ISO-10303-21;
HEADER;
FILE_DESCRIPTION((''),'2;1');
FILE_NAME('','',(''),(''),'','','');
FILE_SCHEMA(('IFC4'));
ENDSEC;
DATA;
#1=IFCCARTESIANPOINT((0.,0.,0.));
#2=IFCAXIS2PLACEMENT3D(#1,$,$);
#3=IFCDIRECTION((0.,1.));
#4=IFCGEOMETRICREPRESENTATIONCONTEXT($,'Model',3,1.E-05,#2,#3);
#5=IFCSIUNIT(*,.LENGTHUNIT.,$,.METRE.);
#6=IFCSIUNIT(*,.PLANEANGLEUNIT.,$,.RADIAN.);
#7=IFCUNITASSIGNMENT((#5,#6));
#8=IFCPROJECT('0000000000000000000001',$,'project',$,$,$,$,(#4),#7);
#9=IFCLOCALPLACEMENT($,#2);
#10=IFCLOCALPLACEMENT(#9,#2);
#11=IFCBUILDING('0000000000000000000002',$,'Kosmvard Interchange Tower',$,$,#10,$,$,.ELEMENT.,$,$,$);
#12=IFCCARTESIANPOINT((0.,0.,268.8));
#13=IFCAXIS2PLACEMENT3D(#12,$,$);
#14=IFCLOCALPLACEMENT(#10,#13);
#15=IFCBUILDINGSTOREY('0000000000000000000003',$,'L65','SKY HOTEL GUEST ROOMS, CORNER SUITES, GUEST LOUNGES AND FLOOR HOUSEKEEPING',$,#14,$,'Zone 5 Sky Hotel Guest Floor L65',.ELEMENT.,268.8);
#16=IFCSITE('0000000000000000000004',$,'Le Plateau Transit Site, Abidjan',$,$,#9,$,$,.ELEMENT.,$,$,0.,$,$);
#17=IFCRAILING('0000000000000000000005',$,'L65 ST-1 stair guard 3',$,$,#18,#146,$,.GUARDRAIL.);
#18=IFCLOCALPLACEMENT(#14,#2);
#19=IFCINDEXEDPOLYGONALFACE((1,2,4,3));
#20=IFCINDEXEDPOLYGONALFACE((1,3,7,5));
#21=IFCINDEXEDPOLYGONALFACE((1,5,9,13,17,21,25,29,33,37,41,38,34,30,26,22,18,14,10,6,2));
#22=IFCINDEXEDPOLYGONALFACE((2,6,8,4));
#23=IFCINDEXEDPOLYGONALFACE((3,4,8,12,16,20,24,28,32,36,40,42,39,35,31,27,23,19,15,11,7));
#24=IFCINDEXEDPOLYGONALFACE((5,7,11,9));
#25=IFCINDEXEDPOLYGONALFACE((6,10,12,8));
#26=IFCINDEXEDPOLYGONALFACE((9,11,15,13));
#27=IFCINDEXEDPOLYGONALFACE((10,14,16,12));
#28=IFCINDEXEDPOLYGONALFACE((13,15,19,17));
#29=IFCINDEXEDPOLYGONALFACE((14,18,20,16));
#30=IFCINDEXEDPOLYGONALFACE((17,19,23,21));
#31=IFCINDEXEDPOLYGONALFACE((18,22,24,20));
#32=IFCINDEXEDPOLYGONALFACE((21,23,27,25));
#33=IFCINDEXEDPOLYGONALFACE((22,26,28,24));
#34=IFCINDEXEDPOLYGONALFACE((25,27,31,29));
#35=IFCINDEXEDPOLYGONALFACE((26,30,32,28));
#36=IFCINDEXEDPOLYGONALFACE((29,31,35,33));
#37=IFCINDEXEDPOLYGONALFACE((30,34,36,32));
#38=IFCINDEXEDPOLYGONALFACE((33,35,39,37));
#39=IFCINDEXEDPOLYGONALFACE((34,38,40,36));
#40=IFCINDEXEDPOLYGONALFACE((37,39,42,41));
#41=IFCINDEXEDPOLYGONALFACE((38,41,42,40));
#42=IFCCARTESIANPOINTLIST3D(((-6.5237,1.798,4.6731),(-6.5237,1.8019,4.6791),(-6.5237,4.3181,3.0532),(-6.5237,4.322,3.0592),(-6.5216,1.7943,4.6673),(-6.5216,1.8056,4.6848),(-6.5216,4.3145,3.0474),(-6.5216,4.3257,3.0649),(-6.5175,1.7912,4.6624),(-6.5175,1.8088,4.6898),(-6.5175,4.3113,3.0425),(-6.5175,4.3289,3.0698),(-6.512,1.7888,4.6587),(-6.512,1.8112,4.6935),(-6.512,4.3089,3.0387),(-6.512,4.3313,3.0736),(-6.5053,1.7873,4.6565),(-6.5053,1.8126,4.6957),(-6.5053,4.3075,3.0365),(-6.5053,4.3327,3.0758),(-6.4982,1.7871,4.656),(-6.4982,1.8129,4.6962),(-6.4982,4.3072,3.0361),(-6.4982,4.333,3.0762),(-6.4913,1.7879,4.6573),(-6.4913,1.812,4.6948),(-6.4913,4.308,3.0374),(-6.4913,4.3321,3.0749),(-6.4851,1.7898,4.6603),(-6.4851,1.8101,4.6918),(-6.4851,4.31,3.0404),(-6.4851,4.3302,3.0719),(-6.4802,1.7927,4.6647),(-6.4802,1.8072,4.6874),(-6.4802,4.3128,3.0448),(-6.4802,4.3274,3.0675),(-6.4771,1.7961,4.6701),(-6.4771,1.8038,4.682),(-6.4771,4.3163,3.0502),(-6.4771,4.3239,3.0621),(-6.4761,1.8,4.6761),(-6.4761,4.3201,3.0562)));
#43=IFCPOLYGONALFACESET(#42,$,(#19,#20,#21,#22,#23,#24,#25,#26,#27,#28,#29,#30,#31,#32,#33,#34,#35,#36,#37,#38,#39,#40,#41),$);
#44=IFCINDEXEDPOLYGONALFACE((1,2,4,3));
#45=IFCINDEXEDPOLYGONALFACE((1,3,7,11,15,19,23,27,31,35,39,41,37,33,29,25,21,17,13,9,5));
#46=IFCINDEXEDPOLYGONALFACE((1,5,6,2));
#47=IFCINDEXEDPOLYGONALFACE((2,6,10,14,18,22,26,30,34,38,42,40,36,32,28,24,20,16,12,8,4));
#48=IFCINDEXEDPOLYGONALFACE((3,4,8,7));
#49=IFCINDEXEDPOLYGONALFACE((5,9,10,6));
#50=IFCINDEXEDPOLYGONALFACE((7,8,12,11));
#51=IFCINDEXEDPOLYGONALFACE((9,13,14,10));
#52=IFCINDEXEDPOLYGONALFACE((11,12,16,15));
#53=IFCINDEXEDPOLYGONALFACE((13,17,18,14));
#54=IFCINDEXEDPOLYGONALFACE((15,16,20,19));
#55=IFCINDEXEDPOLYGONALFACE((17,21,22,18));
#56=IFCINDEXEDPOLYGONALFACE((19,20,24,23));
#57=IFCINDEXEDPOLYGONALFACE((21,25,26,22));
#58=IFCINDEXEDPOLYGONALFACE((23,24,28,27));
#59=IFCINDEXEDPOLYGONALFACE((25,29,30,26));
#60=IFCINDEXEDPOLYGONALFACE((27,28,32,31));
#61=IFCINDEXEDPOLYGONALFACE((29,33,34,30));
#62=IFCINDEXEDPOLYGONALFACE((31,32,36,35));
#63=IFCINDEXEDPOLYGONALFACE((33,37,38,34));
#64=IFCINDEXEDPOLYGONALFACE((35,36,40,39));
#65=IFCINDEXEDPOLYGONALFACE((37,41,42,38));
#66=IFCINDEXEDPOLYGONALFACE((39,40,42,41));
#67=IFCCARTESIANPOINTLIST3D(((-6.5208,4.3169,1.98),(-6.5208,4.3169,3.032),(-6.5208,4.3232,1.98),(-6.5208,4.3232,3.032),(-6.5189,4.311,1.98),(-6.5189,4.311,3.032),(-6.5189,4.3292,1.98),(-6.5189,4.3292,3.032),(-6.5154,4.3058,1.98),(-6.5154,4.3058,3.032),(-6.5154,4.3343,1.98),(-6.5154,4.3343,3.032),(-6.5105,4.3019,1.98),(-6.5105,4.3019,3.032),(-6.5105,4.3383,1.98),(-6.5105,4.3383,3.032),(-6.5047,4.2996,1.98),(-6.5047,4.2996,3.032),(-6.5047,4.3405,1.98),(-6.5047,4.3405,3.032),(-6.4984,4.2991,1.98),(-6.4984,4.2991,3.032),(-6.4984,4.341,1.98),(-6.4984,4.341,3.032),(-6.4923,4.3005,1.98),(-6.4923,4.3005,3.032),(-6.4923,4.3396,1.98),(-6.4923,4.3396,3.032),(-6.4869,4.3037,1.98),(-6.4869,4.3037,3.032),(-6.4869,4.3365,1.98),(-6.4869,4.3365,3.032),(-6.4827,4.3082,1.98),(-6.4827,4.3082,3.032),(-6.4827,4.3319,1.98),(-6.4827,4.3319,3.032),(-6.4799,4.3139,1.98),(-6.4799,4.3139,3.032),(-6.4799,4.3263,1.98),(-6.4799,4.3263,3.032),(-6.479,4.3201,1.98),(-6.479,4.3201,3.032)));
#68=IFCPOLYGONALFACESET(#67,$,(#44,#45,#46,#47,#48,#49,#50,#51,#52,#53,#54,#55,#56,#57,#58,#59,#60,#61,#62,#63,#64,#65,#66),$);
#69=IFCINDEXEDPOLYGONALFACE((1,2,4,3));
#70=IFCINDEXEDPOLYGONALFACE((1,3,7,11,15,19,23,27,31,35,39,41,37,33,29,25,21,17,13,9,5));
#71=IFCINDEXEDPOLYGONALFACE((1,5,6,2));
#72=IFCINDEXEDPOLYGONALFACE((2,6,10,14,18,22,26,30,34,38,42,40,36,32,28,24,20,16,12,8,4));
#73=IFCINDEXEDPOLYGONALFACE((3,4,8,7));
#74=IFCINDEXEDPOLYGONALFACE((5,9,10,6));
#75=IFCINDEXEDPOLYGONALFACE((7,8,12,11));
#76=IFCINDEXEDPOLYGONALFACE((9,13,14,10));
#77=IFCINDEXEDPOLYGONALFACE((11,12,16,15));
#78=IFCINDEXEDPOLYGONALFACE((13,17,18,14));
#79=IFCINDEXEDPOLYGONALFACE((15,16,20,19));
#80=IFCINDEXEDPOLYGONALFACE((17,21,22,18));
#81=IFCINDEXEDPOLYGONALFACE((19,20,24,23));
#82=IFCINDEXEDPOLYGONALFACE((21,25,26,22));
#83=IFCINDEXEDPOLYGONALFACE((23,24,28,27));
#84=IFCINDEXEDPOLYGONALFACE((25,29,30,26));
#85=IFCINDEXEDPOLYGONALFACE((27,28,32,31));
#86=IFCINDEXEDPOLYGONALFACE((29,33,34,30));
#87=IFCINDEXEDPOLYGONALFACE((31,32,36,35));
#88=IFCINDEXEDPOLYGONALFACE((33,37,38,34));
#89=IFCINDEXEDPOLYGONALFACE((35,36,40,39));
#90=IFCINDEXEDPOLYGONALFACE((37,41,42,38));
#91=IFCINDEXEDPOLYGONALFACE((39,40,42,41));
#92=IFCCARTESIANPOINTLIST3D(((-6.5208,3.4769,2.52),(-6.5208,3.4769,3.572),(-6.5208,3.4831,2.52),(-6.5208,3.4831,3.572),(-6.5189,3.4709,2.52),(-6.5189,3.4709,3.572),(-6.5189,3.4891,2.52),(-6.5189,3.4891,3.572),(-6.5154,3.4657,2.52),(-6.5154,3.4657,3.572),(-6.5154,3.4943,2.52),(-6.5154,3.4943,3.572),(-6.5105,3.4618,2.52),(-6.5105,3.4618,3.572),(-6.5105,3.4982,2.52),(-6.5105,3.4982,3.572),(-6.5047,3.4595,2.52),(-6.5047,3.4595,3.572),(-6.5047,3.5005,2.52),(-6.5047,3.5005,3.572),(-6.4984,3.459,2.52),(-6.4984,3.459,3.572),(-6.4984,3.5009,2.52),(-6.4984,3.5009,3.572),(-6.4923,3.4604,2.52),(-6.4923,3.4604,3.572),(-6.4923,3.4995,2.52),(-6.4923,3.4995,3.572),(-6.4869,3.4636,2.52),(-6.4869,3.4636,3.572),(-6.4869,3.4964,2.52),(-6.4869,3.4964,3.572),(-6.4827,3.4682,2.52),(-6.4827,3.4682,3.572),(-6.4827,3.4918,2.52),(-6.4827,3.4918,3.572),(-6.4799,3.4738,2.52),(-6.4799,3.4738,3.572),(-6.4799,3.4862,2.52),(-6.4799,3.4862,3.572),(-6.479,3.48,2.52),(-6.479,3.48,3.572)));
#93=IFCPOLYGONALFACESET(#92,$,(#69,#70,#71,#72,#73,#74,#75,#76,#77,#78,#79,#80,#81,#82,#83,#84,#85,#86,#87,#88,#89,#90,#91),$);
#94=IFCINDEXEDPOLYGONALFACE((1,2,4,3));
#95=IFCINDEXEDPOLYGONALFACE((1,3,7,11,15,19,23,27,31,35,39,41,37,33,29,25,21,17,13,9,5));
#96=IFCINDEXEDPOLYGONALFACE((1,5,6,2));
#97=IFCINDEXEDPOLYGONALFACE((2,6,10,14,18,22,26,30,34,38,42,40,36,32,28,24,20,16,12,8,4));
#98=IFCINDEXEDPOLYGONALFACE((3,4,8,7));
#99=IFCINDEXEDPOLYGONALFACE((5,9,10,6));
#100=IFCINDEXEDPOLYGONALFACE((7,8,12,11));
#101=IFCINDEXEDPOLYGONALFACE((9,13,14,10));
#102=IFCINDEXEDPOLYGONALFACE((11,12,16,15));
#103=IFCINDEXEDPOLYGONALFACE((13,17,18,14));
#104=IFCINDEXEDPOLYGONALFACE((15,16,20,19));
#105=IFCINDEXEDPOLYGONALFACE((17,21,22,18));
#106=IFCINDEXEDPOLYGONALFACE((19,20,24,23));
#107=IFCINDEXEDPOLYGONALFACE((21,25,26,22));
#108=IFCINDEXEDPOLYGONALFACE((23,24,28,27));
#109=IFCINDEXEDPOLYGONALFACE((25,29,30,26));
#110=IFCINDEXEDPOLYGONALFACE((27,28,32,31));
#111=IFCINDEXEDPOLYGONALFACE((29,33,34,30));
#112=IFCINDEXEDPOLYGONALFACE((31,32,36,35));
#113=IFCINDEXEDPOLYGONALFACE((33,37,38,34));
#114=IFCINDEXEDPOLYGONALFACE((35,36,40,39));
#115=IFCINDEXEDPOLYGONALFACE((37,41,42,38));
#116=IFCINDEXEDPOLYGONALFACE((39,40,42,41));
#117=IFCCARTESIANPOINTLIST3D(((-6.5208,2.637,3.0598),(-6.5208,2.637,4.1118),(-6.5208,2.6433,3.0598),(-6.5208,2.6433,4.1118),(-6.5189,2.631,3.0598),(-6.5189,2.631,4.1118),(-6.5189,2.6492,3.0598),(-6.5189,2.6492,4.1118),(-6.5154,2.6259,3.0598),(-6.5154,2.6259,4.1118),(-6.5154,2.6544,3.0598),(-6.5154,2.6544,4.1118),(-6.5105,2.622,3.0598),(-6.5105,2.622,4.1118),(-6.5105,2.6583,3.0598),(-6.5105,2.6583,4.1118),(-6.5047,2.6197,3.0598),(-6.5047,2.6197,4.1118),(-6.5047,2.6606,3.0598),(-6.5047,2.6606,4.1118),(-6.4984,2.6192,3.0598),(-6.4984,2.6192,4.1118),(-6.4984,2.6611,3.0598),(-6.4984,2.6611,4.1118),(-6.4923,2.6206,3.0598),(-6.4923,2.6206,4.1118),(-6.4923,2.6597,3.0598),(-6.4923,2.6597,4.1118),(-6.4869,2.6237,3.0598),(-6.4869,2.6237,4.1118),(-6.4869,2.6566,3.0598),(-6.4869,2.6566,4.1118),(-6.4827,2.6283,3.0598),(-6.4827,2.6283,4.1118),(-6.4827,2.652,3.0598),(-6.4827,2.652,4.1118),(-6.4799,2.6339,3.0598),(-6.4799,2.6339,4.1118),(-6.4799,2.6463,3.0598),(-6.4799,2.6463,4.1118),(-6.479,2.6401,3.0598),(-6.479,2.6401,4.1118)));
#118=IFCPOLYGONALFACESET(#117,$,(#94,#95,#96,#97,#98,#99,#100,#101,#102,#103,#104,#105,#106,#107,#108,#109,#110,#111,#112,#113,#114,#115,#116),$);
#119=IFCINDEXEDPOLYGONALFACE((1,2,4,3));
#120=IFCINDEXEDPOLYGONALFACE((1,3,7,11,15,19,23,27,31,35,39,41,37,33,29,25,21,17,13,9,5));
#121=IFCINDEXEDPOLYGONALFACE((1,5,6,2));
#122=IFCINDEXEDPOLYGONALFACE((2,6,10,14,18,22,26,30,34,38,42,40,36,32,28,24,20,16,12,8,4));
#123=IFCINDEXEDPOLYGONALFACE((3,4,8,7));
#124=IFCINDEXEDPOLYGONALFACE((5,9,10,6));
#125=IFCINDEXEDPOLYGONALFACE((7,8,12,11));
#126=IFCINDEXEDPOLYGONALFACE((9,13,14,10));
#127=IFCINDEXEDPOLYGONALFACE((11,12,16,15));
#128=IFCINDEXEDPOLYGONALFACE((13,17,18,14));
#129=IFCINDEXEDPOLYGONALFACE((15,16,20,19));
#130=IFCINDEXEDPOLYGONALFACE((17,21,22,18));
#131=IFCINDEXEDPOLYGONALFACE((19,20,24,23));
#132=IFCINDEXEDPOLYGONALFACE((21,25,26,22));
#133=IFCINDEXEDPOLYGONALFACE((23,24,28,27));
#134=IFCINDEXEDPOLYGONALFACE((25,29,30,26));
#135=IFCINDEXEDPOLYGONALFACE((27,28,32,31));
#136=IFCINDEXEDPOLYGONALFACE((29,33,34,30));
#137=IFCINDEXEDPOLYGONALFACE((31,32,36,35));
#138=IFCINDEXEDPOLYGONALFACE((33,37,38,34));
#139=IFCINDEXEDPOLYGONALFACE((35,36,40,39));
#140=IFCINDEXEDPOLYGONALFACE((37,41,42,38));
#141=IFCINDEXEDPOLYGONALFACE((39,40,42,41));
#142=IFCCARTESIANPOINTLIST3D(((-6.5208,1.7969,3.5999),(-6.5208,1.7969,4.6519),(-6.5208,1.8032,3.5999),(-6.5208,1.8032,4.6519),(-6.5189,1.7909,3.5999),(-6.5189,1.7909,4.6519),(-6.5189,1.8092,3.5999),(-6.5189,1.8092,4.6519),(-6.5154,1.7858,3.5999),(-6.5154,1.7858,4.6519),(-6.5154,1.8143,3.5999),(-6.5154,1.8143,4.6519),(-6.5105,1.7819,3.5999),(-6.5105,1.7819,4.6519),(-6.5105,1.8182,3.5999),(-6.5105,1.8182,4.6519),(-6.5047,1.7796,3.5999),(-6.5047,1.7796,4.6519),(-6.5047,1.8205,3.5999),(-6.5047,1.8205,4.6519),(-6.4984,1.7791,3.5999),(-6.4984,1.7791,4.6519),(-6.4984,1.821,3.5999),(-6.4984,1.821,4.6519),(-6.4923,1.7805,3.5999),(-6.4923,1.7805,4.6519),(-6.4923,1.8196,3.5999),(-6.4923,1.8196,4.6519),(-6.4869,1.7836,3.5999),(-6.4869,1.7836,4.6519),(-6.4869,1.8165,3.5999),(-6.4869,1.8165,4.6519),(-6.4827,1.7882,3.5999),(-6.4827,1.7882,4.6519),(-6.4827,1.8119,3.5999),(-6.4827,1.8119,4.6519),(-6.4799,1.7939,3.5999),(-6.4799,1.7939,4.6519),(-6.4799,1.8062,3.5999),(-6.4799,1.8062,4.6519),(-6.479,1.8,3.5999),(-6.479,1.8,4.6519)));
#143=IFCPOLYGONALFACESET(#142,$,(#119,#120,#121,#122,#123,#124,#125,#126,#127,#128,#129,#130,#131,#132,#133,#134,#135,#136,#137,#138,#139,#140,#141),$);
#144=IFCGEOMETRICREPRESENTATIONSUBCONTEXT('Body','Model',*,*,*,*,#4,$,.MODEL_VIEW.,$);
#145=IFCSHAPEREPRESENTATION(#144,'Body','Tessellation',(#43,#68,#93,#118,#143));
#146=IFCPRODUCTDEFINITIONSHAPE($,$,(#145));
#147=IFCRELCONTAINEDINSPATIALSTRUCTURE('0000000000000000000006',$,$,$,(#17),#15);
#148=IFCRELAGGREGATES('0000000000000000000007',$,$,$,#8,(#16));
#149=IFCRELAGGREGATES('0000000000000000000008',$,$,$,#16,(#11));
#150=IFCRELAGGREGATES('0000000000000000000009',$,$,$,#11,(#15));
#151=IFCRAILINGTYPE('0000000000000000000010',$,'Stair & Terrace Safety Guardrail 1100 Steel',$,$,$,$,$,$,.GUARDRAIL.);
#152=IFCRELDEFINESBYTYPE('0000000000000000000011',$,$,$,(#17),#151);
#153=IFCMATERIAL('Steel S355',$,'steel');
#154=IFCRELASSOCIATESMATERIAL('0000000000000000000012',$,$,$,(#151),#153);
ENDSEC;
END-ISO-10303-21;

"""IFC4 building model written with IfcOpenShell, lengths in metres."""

from ifc_helpers import new_model, si_unit, direction, frame, origin, origin_2d, place, context, subcontext, project, spatial, circle, extrude, source, transform, mapped, material, type_object, element, save


model = new_model("IFC4")

# Units and contexts
model_context = context("Model", 3, precision=1e-05, world=origin(), true_north=direction((0.0, 1.0)))
body_context = subcontext(model_context, "Body", "Model", "MODEL_VIEW")
ifc_project = project(units=[si_unit("LENGTHUNIT", "METRE"), si_unit("PLANEANGLEUNIT", "RADIAN")], contexts=[model_context])

# Site, building, storey
site_placement = place(None, origin())
site = spatial("IfcSite", under=ifc_project, at=site_placement, Name="Le Plateau Transit Site, Abidjan", CompositionType="ELEMENT", RefElevation=0.0)
building_placement = place(site_placement, origin())
building = spatial("IfcBuilding", under=site, at=building_placement, Name="Kosmvard Interchange Tower", CompositionType="ELEMENT")
storey_placement = place(building_placement, frame((0.0, 0.0, 268.8)))
storey = spatial("IfcBuildingStorey", under=building, at=storey_placement, Name="L65", Description="SKY HOTEL GUEST ROOMS, CORNER SUITES, GUEST LOUNGES AND FLOOR HOUSEKEEPING", LongName="Zone 5 Sky Hotel Guest Floor L65", CompositionType="ELEMENT", Elevation=268.8)

# Shared definitions
ifc_material_1 = material(Name="Steel S355", Category="steel")

# Railing
railing_type_1 = type_object("IfcRailingType", Name="Stair & Terrace Safety Guardrail 1100 Steel", PredefinedType="GUARDRAIL", material=ifc_material_1)
shared_shape_1 = source(origin(), body_context, "Body", "SweptSolid", [
    extrude(circle(Radius=0.0239, at=origin_2d()), frame((0.0, 0.0, 1.0762), z_axis=(0.0, -0.8412, 0.540725), x_axis=(1.0, 0.0, 0.0)), (0.0, 0.0, 1.0), 2.9958),
    extrude(circle(Radius=0.021, at=origin_2d()), origin(), (0.0, 0.0, 1.0), 1.052),
    extrude(circle(Radius=0.021, at=origin_2d()), frame((0.0, -0.8401, 0.54)), (0.0, 0.0, 1.0), 1.052),
    extrude(circle(Radius=0.021, at=origin_2d()), frame((0.0, -1.6799, 1.0798)), (0.0, 0.0, 1.0), 1.052),
    extrude(circle(Radius=0.021, at=origin_2d()), frame((0.0, -2.52, 1.6199)), (0.0, 0.0, 1.0), 1.052),
])
railing_1_placement = place(storey_placement, frame((-6.5, 4.3201, 1.98)))
element("IfcRailing", 1, at=railing_1_placement, inside=storey, type_object=railing_type_1, Name="L65 ST-1 stair guard 3", PredefinedType="GUARDRAIL", context=body_context, shape_type="MappedRepresentation", body=[
    mapped(shared_shape_1, transform((0.0, 0.0, 0.0), scale=1.0)),
])

save(model, "model.ifc")
